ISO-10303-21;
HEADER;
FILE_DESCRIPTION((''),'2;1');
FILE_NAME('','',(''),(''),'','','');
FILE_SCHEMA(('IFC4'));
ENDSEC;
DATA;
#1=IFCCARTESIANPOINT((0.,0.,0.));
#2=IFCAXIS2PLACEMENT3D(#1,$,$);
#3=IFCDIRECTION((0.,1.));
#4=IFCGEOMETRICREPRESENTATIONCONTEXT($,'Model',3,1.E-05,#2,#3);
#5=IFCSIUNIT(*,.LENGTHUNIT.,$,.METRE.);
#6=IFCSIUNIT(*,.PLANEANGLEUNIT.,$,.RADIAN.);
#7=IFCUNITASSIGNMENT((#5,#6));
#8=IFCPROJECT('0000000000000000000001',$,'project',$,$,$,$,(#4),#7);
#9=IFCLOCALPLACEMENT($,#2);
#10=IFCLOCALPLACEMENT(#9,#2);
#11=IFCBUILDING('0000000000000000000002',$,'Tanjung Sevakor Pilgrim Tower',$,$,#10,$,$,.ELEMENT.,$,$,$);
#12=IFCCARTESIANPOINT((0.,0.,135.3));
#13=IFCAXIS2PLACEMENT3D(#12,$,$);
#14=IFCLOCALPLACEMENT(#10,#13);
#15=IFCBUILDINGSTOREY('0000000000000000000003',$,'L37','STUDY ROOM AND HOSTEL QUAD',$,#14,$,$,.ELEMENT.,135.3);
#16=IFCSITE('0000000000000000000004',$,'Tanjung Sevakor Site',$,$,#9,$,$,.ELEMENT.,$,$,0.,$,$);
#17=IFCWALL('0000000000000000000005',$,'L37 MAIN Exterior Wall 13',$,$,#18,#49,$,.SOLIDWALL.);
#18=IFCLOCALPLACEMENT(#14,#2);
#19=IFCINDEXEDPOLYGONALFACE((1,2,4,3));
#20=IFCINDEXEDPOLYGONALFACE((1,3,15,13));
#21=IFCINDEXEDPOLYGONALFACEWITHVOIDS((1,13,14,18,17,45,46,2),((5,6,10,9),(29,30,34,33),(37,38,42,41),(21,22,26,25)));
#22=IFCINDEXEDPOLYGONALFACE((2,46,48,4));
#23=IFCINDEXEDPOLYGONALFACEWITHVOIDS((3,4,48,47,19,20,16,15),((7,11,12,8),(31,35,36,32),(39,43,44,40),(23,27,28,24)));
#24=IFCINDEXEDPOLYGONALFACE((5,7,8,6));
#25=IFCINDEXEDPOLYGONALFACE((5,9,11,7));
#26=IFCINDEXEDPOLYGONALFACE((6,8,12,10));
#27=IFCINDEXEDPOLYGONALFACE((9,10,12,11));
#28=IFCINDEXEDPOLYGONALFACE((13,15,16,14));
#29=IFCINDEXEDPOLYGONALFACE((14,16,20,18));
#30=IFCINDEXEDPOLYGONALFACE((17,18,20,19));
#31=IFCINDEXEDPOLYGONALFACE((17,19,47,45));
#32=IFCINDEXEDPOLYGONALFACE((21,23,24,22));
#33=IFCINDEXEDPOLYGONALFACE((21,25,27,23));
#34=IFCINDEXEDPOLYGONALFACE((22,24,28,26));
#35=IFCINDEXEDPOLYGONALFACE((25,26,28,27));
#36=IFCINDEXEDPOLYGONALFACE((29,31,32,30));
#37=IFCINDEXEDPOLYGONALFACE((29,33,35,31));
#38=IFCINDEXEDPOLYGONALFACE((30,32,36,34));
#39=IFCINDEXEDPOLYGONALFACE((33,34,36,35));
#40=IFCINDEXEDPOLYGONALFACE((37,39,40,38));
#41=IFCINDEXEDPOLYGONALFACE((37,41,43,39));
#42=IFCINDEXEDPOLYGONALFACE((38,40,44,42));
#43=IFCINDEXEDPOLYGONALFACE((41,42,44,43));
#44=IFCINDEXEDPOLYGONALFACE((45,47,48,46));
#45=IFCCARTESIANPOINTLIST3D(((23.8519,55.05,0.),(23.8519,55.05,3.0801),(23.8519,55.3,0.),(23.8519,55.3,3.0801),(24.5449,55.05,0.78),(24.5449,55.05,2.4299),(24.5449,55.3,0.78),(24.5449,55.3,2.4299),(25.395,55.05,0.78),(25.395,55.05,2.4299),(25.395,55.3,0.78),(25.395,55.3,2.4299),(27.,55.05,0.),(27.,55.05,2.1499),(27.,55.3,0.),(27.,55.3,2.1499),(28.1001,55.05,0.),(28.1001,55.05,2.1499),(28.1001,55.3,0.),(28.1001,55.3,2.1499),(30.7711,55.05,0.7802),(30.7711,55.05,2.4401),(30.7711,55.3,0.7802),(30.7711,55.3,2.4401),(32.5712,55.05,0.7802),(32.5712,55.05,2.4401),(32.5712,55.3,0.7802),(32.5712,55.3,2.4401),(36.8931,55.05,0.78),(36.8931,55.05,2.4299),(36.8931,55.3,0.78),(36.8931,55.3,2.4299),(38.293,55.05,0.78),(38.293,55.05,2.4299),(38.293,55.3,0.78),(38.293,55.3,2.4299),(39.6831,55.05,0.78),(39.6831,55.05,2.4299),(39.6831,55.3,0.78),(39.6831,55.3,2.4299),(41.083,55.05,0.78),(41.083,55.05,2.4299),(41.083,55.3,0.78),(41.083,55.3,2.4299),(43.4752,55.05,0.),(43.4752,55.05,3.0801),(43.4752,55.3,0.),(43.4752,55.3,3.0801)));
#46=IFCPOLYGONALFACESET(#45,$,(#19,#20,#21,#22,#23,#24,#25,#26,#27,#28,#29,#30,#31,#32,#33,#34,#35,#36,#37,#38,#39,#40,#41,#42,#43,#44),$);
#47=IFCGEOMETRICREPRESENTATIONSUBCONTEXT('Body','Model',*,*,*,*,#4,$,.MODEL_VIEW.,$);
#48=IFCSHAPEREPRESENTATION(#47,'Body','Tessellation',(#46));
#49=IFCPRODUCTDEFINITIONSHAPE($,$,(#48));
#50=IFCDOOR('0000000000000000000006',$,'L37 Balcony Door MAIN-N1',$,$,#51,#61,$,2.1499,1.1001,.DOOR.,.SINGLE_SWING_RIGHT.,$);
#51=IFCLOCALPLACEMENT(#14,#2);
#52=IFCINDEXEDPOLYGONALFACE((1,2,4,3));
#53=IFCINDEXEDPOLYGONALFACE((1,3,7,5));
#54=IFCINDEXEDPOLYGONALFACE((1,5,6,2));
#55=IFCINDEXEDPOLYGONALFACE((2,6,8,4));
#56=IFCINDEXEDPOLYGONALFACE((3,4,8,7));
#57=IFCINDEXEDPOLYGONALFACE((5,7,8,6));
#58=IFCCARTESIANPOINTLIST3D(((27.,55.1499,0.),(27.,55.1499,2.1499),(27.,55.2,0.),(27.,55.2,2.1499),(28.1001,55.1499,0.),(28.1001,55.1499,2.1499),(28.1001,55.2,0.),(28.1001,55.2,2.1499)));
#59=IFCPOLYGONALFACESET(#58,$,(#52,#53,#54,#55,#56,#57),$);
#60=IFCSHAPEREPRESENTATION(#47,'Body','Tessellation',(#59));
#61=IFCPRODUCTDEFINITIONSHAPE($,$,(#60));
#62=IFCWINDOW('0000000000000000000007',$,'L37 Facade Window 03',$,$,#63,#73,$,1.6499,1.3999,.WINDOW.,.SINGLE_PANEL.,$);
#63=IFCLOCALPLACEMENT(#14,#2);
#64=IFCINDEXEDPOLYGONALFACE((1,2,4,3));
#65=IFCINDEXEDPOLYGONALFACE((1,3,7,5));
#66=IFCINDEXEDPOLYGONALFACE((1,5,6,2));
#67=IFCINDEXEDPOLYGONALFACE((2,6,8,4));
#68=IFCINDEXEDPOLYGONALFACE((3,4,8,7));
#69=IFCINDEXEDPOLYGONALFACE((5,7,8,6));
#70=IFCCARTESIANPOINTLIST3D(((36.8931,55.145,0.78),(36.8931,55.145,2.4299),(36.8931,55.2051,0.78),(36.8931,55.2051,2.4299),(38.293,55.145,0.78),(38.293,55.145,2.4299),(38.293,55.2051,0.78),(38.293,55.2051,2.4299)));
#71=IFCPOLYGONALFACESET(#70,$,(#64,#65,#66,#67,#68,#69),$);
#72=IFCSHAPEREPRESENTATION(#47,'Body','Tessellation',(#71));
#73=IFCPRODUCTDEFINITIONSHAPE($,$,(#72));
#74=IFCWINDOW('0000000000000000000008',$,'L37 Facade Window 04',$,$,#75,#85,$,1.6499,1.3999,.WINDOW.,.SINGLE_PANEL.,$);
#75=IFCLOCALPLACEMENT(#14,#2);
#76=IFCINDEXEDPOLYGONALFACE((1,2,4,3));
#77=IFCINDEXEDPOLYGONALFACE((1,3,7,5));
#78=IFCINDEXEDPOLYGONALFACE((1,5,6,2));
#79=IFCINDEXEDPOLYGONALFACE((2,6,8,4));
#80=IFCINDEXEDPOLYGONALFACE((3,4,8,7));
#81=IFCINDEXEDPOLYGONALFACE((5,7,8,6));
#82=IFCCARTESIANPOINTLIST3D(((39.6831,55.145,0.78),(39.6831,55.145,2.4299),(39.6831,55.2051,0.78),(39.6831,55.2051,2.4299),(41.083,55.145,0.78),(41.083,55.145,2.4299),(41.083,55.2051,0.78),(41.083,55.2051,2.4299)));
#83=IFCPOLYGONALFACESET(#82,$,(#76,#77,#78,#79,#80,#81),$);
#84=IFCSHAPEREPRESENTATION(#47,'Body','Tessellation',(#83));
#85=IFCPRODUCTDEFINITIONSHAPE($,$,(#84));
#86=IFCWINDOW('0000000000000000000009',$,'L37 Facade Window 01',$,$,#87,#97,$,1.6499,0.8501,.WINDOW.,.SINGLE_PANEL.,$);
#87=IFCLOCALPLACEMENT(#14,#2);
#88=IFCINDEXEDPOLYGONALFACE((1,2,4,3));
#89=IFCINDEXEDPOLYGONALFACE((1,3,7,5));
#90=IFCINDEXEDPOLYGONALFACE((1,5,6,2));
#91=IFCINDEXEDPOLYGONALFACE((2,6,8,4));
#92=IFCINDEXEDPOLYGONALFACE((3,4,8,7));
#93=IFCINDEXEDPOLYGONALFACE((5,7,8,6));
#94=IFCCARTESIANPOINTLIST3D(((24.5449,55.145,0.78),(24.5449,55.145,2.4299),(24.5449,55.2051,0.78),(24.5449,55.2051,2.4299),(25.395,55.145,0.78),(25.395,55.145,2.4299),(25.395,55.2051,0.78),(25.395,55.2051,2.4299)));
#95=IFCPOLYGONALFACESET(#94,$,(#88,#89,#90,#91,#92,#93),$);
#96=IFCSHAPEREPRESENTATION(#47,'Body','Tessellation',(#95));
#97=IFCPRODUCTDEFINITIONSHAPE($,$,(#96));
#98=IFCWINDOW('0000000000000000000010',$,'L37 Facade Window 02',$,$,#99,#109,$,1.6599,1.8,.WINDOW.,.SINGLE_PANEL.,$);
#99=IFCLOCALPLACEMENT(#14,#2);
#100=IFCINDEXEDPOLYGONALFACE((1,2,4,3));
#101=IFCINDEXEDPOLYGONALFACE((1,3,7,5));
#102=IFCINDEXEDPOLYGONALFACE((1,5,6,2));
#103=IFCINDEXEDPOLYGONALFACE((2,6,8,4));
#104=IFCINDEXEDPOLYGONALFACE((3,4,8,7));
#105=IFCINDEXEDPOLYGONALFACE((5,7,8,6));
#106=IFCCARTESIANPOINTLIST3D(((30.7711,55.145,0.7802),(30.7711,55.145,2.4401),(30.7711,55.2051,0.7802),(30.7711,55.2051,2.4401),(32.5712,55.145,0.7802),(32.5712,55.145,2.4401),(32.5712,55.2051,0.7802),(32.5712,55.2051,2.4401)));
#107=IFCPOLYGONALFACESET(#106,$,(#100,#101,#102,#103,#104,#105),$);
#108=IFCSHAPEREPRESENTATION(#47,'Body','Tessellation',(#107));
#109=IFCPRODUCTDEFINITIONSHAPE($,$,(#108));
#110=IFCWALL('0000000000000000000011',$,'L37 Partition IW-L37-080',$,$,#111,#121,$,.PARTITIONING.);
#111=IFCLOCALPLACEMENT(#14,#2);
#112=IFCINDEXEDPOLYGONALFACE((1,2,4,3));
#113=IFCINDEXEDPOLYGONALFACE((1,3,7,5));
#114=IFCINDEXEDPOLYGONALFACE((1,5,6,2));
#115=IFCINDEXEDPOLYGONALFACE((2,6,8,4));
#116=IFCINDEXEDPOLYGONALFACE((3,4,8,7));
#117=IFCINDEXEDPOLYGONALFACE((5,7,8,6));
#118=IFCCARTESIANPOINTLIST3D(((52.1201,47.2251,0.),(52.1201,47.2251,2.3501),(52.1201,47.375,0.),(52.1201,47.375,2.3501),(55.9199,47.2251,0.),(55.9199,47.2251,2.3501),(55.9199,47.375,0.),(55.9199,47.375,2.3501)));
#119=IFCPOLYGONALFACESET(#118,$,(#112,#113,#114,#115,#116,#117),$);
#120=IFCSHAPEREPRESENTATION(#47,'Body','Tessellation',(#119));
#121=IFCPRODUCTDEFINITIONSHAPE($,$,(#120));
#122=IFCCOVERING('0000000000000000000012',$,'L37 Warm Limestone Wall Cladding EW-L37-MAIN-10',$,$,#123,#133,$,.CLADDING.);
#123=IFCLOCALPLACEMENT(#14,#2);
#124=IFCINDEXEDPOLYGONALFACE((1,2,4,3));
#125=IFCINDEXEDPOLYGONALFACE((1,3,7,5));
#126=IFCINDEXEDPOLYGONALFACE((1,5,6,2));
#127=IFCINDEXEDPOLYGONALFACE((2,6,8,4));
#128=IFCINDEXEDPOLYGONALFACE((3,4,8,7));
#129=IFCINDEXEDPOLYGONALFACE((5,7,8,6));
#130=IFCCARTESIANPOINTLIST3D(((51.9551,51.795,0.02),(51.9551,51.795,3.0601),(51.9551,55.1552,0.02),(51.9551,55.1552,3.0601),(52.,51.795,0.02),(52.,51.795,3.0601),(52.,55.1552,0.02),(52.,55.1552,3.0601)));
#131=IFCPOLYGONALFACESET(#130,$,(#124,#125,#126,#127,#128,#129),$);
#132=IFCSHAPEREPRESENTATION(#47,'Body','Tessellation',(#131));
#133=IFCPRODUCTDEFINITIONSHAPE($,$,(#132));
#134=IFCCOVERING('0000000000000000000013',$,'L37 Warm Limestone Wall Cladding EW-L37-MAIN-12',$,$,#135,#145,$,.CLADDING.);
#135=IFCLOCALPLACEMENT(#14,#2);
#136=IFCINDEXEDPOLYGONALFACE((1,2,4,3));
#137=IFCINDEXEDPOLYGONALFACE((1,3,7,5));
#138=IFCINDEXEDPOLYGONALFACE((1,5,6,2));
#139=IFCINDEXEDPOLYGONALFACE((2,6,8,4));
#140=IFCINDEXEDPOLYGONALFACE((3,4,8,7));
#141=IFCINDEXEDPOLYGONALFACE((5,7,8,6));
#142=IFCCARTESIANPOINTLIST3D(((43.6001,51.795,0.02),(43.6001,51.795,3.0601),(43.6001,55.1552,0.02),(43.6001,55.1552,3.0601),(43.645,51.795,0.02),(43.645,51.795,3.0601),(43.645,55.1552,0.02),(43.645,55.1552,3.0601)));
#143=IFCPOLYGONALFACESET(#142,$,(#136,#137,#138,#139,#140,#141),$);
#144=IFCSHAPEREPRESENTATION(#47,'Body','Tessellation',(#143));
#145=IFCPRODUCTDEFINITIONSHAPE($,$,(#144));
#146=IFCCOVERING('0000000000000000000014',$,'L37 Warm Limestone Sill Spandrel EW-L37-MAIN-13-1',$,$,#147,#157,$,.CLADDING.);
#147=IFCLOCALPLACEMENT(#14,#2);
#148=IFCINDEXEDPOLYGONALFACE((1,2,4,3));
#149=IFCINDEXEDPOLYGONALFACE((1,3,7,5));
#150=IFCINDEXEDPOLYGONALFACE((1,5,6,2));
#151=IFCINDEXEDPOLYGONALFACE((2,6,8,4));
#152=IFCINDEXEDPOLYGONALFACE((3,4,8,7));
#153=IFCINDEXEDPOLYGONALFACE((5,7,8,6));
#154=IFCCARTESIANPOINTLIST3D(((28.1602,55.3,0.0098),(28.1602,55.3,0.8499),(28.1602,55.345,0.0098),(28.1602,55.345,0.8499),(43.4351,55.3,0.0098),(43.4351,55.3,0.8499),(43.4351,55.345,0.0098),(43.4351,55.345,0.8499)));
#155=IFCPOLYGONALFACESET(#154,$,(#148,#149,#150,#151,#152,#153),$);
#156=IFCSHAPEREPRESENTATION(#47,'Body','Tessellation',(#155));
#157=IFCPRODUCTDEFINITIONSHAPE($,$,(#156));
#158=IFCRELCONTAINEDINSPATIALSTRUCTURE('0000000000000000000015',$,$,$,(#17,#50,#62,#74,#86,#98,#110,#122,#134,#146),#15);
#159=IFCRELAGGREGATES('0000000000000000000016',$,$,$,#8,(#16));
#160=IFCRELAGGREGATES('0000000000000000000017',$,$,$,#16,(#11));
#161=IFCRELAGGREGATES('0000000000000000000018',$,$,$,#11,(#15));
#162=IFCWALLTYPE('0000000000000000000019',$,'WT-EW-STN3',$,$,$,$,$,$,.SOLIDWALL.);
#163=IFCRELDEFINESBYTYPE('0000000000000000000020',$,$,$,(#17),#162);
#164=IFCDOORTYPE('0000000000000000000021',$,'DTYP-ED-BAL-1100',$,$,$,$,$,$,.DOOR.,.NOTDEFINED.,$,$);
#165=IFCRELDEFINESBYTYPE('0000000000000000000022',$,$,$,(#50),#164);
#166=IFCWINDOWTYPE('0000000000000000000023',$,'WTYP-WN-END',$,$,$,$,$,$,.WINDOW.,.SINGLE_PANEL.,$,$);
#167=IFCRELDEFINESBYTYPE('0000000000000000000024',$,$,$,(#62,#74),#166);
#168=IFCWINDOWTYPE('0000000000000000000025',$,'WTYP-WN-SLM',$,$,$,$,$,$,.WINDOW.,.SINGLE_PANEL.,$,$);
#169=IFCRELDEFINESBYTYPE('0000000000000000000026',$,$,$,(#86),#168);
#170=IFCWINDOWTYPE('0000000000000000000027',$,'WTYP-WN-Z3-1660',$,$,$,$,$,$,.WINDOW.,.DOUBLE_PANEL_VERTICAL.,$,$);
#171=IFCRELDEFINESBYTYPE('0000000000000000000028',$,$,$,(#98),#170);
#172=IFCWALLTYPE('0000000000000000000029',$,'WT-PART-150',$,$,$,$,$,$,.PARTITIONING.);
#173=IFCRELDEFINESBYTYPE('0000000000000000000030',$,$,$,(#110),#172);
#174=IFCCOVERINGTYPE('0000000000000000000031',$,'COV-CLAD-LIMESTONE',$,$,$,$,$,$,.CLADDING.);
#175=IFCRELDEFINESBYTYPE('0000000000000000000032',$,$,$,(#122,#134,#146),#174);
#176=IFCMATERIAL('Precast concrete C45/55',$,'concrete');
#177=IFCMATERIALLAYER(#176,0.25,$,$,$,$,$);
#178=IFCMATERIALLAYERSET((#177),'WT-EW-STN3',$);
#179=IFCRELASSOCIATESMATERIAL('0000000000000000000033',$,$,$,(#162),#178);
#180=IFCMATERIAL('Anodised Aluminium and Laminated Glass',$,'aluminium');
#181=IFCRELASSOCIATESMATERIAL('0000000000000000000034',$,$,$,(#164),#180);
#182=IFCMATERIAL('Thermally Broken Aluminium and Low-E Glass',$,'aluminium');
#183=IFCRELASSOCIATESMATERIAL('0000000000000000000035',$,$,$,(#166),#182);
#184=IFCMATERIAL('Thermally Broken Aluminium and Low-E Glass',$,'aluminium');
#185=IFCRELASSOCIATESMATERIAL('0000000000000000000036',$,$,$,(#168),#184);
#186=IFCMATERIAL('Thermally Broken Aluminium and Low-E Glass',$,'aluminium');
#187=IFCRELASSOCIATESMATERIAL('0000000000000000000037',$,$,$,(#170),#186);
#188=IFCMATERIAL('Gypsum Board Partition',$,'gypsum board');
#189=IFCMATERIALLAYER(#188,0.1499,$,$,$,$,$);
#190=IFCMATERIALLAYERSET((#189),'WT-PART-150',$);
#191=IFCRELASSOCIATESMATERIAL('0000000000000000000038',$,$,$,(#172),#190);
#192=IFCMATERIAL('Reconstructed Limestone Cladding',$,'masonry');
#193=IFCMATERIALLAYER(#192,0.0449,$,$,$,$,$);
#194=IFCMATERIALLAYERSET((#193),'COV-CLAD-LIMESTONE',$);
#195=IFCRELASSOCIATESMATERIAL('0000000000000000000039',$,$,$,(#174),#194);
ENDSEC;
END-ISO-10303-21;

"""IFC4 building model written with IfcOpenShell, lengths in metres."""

from ifc_helpers import new_model, si_unit, direction, frame, frame_2d, origin, origin_2d, place, context, subcontext, project, spatial, rectangle, extrude, material, layer, layer_set, type_object, element, fill, save


model = new_model("IFC4")

# Units and contexts
model_context = context("Model", 3, precision=1e-05, world=origin(), true_north=direction((0.0, 1.0)))
body_context = subcontext(model_context, "Body", "Model", "MODEL_VIEW")
ifc_project = project(units=[si_unit("LENGTHUNIT", "METRE"), si_unit("PLANEANGLEUNIT", "RADIAN")], contexts=[model_context])

# Site, building, storey
site_placement = place(None, origin())
site = spatial("IfcSite", under=ifc_project, at=site_placement, Name="Tanjung Sevakor Site", CompositionType="ELEMENT", RefElevation=0.0)
building_placement = place(site_placement, origin())
building = spatial("IfcBuilding", under=site, at=building_placement, Name="Tanjung Sevakor Pilgrim Tower", CompositionType="ELEMENT")
storey_placement = place(building_placement, frame((0.0, 0.0, 135.3)))
storey = spatial("IfcBuildingStorey", under=building, at=storey_placement, Name="L37", Description="STUDY ROOM AND HOSTEL QUAD", CompositionType="ELEMENT", Elevation=135.3)

# Shared definitions
ifc_material_1 = material(Name="Precast concrete C45/55", Category="concrete")
ifc_layer_1 = layer(ifc_material_1, 0.25)
ifc_layer_set_1 = layer_set([ifc_layer_1], Name="WT-EW-STN3")
wall_type_1 = type_object("IfcWallType", Name="WT-EW-STN3", PredefinedType="SOLIDWALL", material=ifc_layer_set_1)

# Wall, openings, door, windows
wall_1_placement = place(storey_placement, frame((43.4751, 55.175, 0.0), z_axis=(0.0, 0.0, 1.0), x_axis=(-1.0, 0.0, 0.0)))
wall_1 = element("IfcWall", 1, at=wall_1_placement, inside=storey, type_object=wall_type_1, Name="L37 MAIN Exterior Wall 13", PredefinedType="SOLIDWALL", context=body_context, shape_type="SweptSolid", body=[
    extrude(rectangle(XDim=19.6233, YDim=0.25, at=frame_2d((9.8115, 0.0))), origin(), (0.0, 0.0, 1.0), 3.0801),
])
opening_1_placement = place(wall_1_placement, frame((15.375, 0.0, 0.0)))
opening_1 = element("IfcOpeningElement", 2, at=opening_1_placement, cuts=wall_1, PredefinedType="OPENING", context=body_context, shape_type="SweptSolid", body=[
    extrude(rectangle(XDim=1.1001, YDim=2.1499, at=frame_2d((0.55, 1.075))), frame((0.0, 0.135, 0.0), z_axis=(0.0, -1.0, 0.0), x_axis=(1.0, 0.0, 0.0)), (0.0, 0.0, 1.0), 0.27),
])
opening_2_placement = place(wall_1_placement, frame((18.0801, 0.0, 0.78)))
opening_2 = element("IfcOpeningElement", 3, at=opening_2_placement, cuts=wall_1, PredefinedType="OPENING", context=body_context, shape_type="SweptSolid", body=[
    extrude(rectangle(XDim=0.8501, YDim=1.6499, at=frame_2d((0.425, 0.825))), frame((0.0, 0.135, 0.0), z_axis=(0.0, -1.0, 0.0), x_axis=(1.0, 0.0, 0.0)), (0.0, 0.0, 1.0), 0.27),
])
opening_3_placement = place(wall_1_placement, frame((10.9041, 0.0, 0.78)))
opening_3 = element("IfcOpeningElement", 4, at=opening_3_placement, cuts=wall_1, PredefinedType="OPENING", context=body_context, shape_type="SweptSolid", body=[
    extrude(rectangle(XDim=1.8, YDim=1.6599, at=frame_2d((0.8999, 0.8301))), frame((0.0, 0.135, 0.0), z_axis=(0.0, -1.0, 0.0), x_axis=(1.0, 0.0, 0.0)), (0.0, 0.0, 1.0), 0.27),
])
opening_4_placement = place(wall_1_placement, frame((5.1821, 0.0, 0.78)))
opening_4 = element("IfcOpeningElement", 5, at=opening_4_placement, cuts=wall_1, PredefinedType="OPENING", context=body_context, shape_type="SweptSolid", body=[
    extrude(rectangle(XDim=1.3999, YDim=1.6499, at=frame_2d((0.7, 0.825))), frame((0.0, 0.135, 0.0), z_axis=(0.0, -1.0, 0.0), x_axis=(1.0, 0.0, 0.0)), (0.0, 0.0, 1.0), 0.27),
])
opening_5_placement = place(wall_1_placement, frame((2.3921, 0.0, 0.78)))
opening_5 = element("IfcOpeningElement", 6, at=opening_5_placement, cuts=wall_1, PredefinedType="OPENING", context=body_context, shape_type="SweptSolid", body=[
    extrude(rectangle(XDim=1.3999, YDim=1.6499, at=frame_2d((0.7, 0.825))), frame((0.0, 0.135, 0.0), z_axis=(0.0, -1.0, 0.0), x_axis=(1.0, 0.0, 0.0)), (0.0, 0.0, 1.0), 0.27),
])
ifc_material_2 = material(Name="Anodised Aluminium and Laminated Glass", Category="aluminium")
door_type_1 = type_object("IfcDoorType", Name="DTYP-ED-BAL-1100", OperationType="NOTDEFINED", PredefinedType="DOOR", material=ifc_material_2)
door_1_placement = place(opening_1_placement, frame((1.1001, 0.0, 0.0), z_axis=(0.0, 0.0, 1.0), x_axis=(-1.0, 0.0, 0.0)))
door_1 = element("IfcDoor", 7, at=door_1_placement, inside=storey, type_object=door_type_1, Name="L37 Balcony Door MAIN-N1", OperationType="SINGLE_SWING_RIGHT", OverallHeight=2.1499, OverallWidth=1.1001, PredefinedType="DOOR", context=body_context, shape_type="SweptSolid", body=[
    extrude(rectangle(XDim=1.1001, YDim=2.1499, at=frame_2d((0.55, 1.075))), frame((0.0, 0.0249, 0.0), z_axis=(0.0, -1.0, 0.0), x_axis=(1.0, 0.0, 0.0)), (0.0, 0.0, 1.0), 0.05),
])
fill(opening_1, door_1)
ifc_material_3 = material(Name="Thermally Broken Aluminium and Low-E Glass", Category="aluminium")
window_type_1 = type_object("IfcWindowType", Name="WTYP-WN-END", PartitioningType="SINGLE_PANEL", PredefinedType="WINDOW", material=ifc_material_3)
window_1_placement = place(opening_4_placement, origin())
window_1 = element("IfcWindow", 8, at=window_1_placement, inside=storey, type_object=window_type_1, Name="L37 Facade Window 03", OverallHeight=1.6499, OverallWidth=1.3999, PartitioningType="SINGLE_PANEL", PredefinedType="WINDOW", context=body_context, shape_type="SweptSolid", body=[
    extrude(rectangle(XDim=1.3999, YDim=1.6499, at=frame_2d((0.7, 0.825))), frame((0.0, 0.03, 0.0), z_axis=(0.0, -1.0, 0.0), x_axis=(1.0, 0.0, 0.0)), (0.0, 0.0, 1.0), 0.0601),
])
fill(opening_4, window_1)
window_2_placement = place(opening_5_placement, origin())
window_2 = element("IfcWindow", 9, at=window_2_placement, inside=storey, type_object=window_type_1, Name="L37 Facade Window 04", OverallHeight=1.6499, OverallWidth=1.3999, PartitioningType="SINGLE_PANEL", PredefinedType="WINDOW", context=body_context, shape_type="SweptSolid", body=[
    extrude(rectangle(XDim=1.3999, YDim=1.6499, at=frame_2d((0.7, 0.825))), frame((0.0, 0.03, 0.0), z_axis=(0.0, -1.0, 0.0), x_axis=(1.0, 0.0, 0.0)), (0.0, 0.0, 1.0), 0.0601),
])
fill(opening_5, window_2)
ifc_material_4 = material(Name="Thermally Broken Aluminium and Low-E Glass", Category="aluminium")
window_type_2 = type_object("IfcWindowType", Name="WTYP-WN-SLM", PartitioningType="SINGLE_PANEL", PredefinedType="WINDOW", material=ifc_material_4)
window_3_placement = place(opening_2_placement, origin())
window_3 = element("IfcWindow", 10, at=window_3_placement, inside=storey, type_object=window_type_2, Name="L37 Facade Window 01", OverallHeight=1.6499, OverallWidth=0.8501, PartitioningType="SINGLE_PANEL", PredefinedType="WINDOW", context=body_context, shape_type="SweptSolid", body=[
    extrude(rectangle(XDim=0.8501, YDim=1.6499, at=frame_2d((0.425, 0.825))), frame((0.0, 0.03, 0.0), z_axis=(0.0, -1.0, 0.0), x_axis=(1.0, 0.0, 0.0)), (0.0, 0.0, 1.0), 0.0601),
])
fill(opening_2, window_3)
ifc_material_5 = material(Name="Thermally Broken Aluminium and Low-E Glass", Category="aluminium")
window_type_3 = type_object("IfcWindowType", Name="WTYP-WN-Z3-1660", PartitioningType="DOUBLE_PANEL_VERTICAL", PredefinedType="WINDOW", material=ifc_material_5)
window_4_placement = place(opening_3_placement, origin())
window_4 = element("IfcWindow", 11, at=window_4_placement, inside=storey, type_object=window_type_3, Name="L37 Facade Window 02", OverallHeight=1.6599, OverallWidth=1.8, PartitioningType="SINGLE_PANEL", PredefinedType="WINDOW", context=body_context, shape_type="SweptSolid", body=[
    extrude(rectangle(XDim=1.8, YDim=1.6599, at=frame_2d((0.8999, 0.8301))), frame((0.0, 0.03, 0.0), z_axis=(0.0, -1.0, 0.0), x_axis=(1.0, 0.0, 0.0)), (0.0, 0.0, 1.0), 0.0601),
])
fill(opening_3, window_4)

# Wall
ifc_material_6 = material(Name="Gypsum Board Partition", Category="gypsum board")
ifc_layer_2 = layer(ifc_material_6, 0.1499)
ifc_layer_set_2 = layer_set([ifc_layer_2], Name="WT-PART-150")
wall_type_2 = type_object("IfcWallType", Name="WT-PART-150", PredefinedType="PARTITIONING", material=ifc_layer_set_2)
wall_2_placement = place(storey_placement, frame((52.1201, 47.3, 0.0), z_axis=(0.0, 0.0, 1.0), x_axis=(1.0, 0.0, 0.0)))
element("IfcWall", 12, at=wall_2_placement, inside=storey, type_object=wall_type_2, Name="L37 Partition IW-L37-080", PredefinedType="PARTITIONING", context=body_context, shape_type="SweptSolid", body=[
    extrude(rectangle(XDim=3.7998, YDim=0.1499, at=frame_2d((1.8999, 0.0))), origin(), (0.0, 0.0, 1.0), 2.3501),
])

# Coverings
ifc_material_7 = material(Name="Reconstructed Limestone Cladding", Category="masonry")
ifc_layer_3 = layer(ifc_material_7, 0.0449)
ifc_layer_set_3 = layer_set([ifc_layer_3], Name="COV-CLAD-LIMESTONE")
covering_type = type_object("IfcCoveringType", Name="COV-CLAD-LIMESTONE", PredefinedType="CLADDING", material=ifc_layer_set_3)
for number, where, z_axis, x_axis, name in (
    (13, (51.9775, 53.4751, 0.02), (0.0, 0.0, 1.0), (0.0, -1.0, 0.0), "L37 Warm Limestone Wall Cladding EW-L37-MAIN-10"),
    (14, (43.6226, 53.4751, 0.02), (0.0, 0.0, 1.0), (0.0, 1.0, 0.0), "L37 Warm Limestone Wall Cladding EW-L37-MAIN-12"),
):
    element("IfcCovering", number, at=place(storey_placement, frame(where, z_axis=z_axis, x_axis=x_axis)), inside=storey, type_object=covering_type, Name=name, PredefinedType="CLADDING", context=body_context, shape_type="SweptSolid", body=[
        extrude(rectangle(XDim=3.3601, YDim=0.0449, at=origin_2d()), origin(), (0.0, 0.0, 1.0), 3.04),
    ])
covering_placement = place(storey_placement, frame((35.7976, 55.3225, 0.0098), z_axis=(0.0, 0.0, 1.0), x_axis=(-1.0, 0.0, 0.0)))
element("IfcCovering", 15, at=covering_placement, inside=storey, type_object=covering_type, Name="L37 Warm Limestone Sill Spandrel EW-L37-MAIN-13-1", PredefinedType="CLADDING", context=body_context, shape_type="SweptSolid", body=[
    extrude(rectangle(XDim=15.2749, YDim=0.0449, at=origin_2d()), origin(), (0.0, 0.0, 1.0), 0.8401),
])

save(model, "model.ifc")
